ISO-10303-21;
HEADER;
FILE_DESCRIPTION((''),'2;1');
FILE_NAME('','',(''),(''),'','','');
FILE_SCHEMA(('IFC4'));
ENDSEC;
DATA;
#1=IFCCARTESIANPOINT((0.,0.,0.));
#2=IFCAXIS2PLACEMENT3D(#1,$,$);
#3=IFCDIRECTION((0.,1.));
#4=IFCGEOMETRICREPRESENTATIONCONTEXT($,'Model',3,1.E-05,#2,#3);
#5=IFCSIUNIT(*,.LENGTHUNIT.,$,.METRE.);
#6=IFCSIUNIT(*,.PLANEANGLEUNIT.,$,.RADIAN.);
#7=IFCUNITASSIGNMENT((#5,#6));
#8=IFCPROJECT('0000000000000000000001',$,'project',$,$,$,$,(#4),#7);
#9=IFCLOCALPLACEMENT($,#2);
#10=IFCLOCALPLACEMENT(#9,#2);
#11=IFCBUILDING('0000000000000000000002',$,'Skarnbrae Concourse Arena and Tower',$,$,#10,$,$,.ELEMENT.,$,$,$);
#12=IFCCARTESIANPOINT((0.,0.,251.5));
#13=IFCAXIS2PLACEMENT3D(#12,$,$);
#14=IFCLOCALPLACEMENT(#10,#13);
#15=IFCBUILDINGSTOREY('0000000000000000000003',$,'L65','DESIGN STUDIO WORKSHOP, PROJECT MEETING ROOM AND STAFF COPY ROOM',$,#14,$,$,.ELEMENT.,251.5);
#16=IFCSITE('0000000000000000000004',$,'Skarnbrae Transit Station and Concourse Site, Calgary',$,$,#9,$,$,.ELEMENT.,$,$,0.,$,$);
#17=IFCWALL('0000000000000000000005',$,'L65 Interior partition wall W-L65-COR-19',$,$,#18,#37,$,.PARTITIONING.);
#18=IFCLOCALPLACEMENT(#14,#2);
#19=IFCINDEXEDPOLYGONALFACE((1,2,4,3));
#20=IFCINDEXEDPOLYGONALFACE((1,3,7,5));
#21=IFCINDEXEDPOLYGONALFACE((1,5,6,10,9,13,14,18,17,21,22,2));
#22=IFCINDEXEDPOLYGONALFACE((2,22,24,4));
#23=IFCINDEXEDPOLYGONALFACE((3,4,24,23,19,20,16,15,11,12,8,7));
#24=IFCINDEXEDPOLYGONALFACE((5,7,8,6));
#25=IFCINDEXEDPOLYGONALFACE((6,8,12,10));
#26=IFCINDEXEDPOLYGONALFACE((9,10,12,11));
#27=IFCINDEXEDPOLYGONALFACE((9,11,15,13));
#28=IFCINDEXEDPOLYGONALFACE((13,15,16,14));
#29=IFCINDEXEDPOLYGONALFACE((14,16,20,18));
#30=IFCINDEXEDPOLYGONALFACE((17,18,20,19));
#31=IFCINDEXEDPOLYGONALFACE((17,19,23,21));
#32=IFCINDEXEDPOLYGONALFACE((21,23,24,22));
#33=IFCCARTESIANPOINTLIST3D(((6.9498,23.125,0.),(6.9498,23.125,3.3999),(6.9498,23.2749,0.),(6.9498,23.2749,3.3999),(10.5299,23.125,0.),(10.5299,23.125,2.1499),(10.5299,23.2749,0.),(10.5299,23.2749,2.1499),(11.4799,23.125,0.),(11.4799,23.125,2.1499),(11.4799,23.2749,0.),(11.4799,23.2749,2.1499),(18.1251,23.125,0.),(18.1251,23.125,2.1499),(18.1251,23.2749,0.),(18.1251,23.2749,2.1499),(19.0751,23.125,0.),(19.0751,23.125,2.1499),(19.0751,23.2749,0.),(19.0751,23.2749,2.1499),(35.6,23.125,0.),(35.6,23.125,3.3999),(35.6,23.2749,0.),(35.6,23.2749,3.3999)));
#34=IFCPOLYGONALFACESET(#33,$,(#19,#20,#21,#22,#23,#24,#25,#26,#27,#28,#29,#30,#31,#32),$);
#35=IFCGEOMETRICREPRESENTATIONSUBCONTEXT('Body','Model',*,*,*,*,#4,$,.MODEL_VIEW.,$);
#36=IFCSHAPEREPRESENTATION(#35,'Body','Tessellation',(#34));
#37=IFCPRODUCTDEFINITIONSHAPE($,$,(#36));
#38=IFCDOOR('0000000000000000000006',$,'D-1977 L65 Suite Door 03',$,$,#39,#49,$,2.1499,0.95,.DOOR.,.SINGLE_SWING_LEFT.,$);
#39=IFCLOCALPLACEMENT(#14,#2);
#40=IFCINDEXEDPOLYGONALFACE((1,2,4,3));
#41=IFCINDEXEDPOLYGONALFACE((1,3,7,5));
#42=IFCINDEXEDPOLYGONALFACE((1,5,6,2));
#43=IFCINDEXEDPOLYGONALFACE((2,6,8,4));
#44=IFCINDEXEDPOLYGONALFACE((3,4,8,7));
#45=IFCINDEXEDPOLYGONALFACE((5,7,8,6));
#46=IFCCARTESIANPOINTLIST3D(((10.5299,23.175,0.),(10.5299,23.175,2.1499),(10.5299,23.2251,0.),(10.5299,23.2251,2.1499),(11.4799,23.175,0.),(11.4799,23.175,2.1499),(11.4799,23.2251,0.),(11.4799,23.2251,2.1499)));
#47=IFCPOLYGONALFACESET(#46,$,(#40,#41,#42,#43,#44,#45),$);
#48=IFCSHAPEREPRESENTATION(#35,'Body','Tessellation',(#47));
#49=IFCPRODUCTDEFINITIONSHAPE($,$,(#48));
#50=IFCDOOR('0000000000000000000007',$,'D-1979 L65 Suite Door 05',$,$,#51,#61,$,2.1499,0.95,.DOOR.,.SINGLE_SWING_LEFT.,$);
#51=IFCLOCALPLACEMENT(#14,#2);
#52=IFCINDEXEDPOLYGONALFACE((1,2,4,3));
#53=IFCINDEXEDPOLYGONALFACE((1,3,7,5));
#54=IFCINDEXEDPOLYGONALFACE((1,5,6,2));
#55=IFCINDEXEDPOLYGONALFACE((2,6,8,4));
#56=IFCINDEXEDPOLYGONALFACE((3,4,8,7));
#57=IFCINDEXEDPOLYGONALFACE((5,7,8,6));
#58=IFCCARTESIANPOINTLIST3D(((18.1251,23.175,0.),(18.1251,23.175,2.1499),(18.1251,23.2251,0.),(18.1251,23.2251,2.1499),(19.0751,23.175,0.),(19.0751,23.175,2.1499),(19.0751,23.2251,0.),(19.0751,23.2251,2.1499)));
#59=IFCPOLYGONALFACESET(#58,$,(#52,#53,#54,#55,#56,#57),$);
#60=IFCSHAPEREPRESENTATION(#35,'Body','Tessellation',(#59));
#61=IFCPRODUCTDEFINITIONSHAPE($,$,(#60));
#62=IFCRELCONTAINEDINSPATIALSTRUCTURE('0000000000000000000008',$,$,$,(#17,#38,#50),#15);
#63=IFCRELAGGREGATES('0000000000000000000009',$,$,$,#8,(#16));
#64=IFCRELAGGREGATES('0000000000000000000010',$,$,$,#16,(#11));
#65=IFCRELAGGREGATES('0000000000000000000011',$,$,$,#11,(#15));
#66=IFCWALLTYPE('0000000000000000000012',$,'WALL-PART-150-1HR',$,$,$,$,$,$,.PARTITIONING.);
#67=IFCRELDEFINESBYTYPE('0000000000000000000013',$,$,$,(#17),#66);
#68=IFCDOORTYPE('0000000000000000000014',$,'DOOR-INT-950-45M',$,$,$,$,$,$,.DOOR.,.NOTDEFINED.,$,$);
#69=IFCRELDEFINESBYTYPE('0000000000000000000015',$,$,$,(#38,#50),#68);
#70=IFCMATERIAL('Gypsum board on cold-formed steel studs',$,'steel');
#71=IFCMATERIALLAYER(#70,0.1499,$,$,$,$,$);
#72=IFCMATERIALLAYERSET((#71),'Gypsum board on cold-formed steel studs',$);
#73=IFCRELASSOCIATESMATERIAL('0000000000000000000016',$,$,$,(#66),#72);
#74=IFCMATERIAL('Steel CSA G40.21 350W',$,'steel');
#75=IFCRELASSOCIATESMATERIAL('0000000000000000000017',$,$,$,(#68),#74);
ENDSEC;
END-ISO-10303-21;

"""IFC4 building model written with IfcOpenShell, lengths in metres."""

from ifc_helpers import new_model, si_unit, direction, frame, frame_2d, origin, place, context, subcontext, project, spatial, rectangle, extrude, source, transform, mapped, material, layer, layer_set, type_object, element, fill, save


model = new_model("IFC4")

# Units and contexts
model_context = context("Model", 3, precision=1e-05, world=origin(), true_north=direction((0.0, 1.0)))
body_context = subcontext(model_context, "Body", "Model", "MODEL_VIEW")
ifc_project = project(units=[si_unit("LENGTHUNIT", "METRE"), si_unit("PLANEANGLEUNIT", "RADIAN")], contexts=[model_context])

# Site, building, storey
site_placement = place(None, origin())
site = spatial("IfcSite", under=ifc_project, at=site_placement, Name="Skarnbrae Transit Station and Concourse Site, Calgary", CompositionType="ELEMENT", RefElevation=0.0)
building_placement = place(site_placement, origin())
building = spatial("IfcBuilding", under=site, at=building_placement, Name="Skarnbrae Concourse Arena and Tower", CompositionType="ELEMENT")
storey_placement = place(building_placement, frame((0.0, 0.0, 251.5)))
storey = spatial("IfcBuildingStorey", under=building, at=storey_placement, Name="L65", Description="DESIGN STUDIO WORKSHOP, PROJECT MEETING ROOM AND STAFF COPY ROOM", CompositionType="ELEMENT", Elevation=251.5)

# Shared definitions
ifc_material_1 = material(Name="Steel CSA G40.21 350W", Category="steel")

# Shared definitions
ifc_material_2 = material(Name="Gypsum board on cold-formed steel studs", Category="steel")
ifc_layer_1 = layer(ifc_material_2, 0.1499)
ifc_layer_set_1 = layer_set([ifc_layer_1], Name="Gypsum board on cold-formed steel studs")
wall_type = type_object("IfcWallType", Name="WALL-PART-150-1HR", PredefinedType="PARTITIONING", material=ifc_layer_set_1)
door_type = type_object("IfcDoorType", Name="DOOR-INT-950-45M", OperationType="NOTDEFINED", PredefinedType="DOOR", material=ifc_material_1)
shared_shape_1 = source(origin(), body_context, "Body", "SweptSolid", [
    extrude(rectangle(XDim=0.95, YDim=2.1499, at=frame_2d((0.4751, 1.075))), frame((0.0, 0.0249, 0.0), z_axis=(0.0, -1.0, 0.0), x_axis=(1.0, 0.0, 0.0)), (0.0, 0.0, 1.0), 0.05),
])

# Wall, openings, doors
shared_shape_2 = source(origin(), body_context, "Body", "SweptSolid", [
    extrude(rectangle(XDim=28.6501, YDim=0.1499, at=frame_2d((14.3252, 0.0))), origin(), (0.0, 0.0, 1.0), 3.3999),
])
wall_1_placement = place(storey_placement, frame((35.6001, 23.2, 0.0), z_axis=(0.0, 0.0, 1.0), x_axis=(-1.0, 0.0, 0.0)))
wall_1 = element("IfcWall", 1, at=wall_1_placement, inside=storey, type_object=wall_type, Name="L65 Interior partition wall W-L65-COR-19", PredefinedType="PARTITIONING", context=body_context, shape_type="MappedRepresentation", body=[
    mapped(shared_shape_2, transform((0.0, 0.0, 0.0))),
])
opening_1_placement = place(wall_1_placement, frame((24.1201, 0.0, 0.0)))
opening_1 = element("IfcOpeningElement", 2, at=opening_1_placement, cuts=wall_1, PredefinedType="OPENING", context=body_context, shape_type="SweptSolid", body=[
    extrude(rectangle(XDim=0.95, YDim=2.1499, at=frame_2d((0.4751, 1.075))), frame((0.0, 0.085, 0.0), z_axis=(0.0, -1.0, 0.0), x_axis=(1.0, 0.0, 0.0)), (0.0, 0.0, 1.0), 0.1699),
])
opening_2_placement = place(wall_1_placement, frame((16.5249, 0.0, 0.0)))
opening_2 = element("IfcOpeningElement", 3, at=opening_2_placement, cuts=wall_1, PredefinedType="OPENING", context=body_context, shape_type="SweptSolid", body=[
    extrude(rectangle(XDim=0.95, YDim=2.1499, at=frame_2d((0.4751, 1.075))), frame((0.0, 0.085, 0.0), z_axis=(0.0, -1.0, 0.0), x_axis=(1.0, 0.0, 0.0)), (0.0, 0.0, 1.0), 0.1699),
])
door_1_placement = place(opening_1_placement, origin())
door_1 = element("IfcDoor", 4, at=door_1_placement, inside=storey, type_object=door_type, Name="D-1977 L65 Suite Door 03", OperationType="SINGLE_SWING_LEFT", OverallHeight=2.1499, OverallWidth=0.95, PredefinedType="DOOR", context=body_context, shape_type="MappedRepresentation", body=[
    mapped(shared_shape_1, transform((0.0, 0.0, 0.0))),
])
fill(opening_1, door_1)
door_2_placement = place(opening_2_placement, origin())
door_2 = element("IfcDoor", 5, at=door_2_placement, inside=storey, type_object=door_type, Name="D-1979 L65 Suite Door 05", OperationType="SINGLE_SWING_LEFT", OverallHeight=2.1499, OverallWidth=0.95, PredefinedType="DOOR", context=body_context, shape_type="MappedRepresentation", body=[
    mapped(shared_shape_1, transform((0.0, 0.0, 0.0))),
])
fill(opening_2, door_2)

save(model, "model.ifc")
